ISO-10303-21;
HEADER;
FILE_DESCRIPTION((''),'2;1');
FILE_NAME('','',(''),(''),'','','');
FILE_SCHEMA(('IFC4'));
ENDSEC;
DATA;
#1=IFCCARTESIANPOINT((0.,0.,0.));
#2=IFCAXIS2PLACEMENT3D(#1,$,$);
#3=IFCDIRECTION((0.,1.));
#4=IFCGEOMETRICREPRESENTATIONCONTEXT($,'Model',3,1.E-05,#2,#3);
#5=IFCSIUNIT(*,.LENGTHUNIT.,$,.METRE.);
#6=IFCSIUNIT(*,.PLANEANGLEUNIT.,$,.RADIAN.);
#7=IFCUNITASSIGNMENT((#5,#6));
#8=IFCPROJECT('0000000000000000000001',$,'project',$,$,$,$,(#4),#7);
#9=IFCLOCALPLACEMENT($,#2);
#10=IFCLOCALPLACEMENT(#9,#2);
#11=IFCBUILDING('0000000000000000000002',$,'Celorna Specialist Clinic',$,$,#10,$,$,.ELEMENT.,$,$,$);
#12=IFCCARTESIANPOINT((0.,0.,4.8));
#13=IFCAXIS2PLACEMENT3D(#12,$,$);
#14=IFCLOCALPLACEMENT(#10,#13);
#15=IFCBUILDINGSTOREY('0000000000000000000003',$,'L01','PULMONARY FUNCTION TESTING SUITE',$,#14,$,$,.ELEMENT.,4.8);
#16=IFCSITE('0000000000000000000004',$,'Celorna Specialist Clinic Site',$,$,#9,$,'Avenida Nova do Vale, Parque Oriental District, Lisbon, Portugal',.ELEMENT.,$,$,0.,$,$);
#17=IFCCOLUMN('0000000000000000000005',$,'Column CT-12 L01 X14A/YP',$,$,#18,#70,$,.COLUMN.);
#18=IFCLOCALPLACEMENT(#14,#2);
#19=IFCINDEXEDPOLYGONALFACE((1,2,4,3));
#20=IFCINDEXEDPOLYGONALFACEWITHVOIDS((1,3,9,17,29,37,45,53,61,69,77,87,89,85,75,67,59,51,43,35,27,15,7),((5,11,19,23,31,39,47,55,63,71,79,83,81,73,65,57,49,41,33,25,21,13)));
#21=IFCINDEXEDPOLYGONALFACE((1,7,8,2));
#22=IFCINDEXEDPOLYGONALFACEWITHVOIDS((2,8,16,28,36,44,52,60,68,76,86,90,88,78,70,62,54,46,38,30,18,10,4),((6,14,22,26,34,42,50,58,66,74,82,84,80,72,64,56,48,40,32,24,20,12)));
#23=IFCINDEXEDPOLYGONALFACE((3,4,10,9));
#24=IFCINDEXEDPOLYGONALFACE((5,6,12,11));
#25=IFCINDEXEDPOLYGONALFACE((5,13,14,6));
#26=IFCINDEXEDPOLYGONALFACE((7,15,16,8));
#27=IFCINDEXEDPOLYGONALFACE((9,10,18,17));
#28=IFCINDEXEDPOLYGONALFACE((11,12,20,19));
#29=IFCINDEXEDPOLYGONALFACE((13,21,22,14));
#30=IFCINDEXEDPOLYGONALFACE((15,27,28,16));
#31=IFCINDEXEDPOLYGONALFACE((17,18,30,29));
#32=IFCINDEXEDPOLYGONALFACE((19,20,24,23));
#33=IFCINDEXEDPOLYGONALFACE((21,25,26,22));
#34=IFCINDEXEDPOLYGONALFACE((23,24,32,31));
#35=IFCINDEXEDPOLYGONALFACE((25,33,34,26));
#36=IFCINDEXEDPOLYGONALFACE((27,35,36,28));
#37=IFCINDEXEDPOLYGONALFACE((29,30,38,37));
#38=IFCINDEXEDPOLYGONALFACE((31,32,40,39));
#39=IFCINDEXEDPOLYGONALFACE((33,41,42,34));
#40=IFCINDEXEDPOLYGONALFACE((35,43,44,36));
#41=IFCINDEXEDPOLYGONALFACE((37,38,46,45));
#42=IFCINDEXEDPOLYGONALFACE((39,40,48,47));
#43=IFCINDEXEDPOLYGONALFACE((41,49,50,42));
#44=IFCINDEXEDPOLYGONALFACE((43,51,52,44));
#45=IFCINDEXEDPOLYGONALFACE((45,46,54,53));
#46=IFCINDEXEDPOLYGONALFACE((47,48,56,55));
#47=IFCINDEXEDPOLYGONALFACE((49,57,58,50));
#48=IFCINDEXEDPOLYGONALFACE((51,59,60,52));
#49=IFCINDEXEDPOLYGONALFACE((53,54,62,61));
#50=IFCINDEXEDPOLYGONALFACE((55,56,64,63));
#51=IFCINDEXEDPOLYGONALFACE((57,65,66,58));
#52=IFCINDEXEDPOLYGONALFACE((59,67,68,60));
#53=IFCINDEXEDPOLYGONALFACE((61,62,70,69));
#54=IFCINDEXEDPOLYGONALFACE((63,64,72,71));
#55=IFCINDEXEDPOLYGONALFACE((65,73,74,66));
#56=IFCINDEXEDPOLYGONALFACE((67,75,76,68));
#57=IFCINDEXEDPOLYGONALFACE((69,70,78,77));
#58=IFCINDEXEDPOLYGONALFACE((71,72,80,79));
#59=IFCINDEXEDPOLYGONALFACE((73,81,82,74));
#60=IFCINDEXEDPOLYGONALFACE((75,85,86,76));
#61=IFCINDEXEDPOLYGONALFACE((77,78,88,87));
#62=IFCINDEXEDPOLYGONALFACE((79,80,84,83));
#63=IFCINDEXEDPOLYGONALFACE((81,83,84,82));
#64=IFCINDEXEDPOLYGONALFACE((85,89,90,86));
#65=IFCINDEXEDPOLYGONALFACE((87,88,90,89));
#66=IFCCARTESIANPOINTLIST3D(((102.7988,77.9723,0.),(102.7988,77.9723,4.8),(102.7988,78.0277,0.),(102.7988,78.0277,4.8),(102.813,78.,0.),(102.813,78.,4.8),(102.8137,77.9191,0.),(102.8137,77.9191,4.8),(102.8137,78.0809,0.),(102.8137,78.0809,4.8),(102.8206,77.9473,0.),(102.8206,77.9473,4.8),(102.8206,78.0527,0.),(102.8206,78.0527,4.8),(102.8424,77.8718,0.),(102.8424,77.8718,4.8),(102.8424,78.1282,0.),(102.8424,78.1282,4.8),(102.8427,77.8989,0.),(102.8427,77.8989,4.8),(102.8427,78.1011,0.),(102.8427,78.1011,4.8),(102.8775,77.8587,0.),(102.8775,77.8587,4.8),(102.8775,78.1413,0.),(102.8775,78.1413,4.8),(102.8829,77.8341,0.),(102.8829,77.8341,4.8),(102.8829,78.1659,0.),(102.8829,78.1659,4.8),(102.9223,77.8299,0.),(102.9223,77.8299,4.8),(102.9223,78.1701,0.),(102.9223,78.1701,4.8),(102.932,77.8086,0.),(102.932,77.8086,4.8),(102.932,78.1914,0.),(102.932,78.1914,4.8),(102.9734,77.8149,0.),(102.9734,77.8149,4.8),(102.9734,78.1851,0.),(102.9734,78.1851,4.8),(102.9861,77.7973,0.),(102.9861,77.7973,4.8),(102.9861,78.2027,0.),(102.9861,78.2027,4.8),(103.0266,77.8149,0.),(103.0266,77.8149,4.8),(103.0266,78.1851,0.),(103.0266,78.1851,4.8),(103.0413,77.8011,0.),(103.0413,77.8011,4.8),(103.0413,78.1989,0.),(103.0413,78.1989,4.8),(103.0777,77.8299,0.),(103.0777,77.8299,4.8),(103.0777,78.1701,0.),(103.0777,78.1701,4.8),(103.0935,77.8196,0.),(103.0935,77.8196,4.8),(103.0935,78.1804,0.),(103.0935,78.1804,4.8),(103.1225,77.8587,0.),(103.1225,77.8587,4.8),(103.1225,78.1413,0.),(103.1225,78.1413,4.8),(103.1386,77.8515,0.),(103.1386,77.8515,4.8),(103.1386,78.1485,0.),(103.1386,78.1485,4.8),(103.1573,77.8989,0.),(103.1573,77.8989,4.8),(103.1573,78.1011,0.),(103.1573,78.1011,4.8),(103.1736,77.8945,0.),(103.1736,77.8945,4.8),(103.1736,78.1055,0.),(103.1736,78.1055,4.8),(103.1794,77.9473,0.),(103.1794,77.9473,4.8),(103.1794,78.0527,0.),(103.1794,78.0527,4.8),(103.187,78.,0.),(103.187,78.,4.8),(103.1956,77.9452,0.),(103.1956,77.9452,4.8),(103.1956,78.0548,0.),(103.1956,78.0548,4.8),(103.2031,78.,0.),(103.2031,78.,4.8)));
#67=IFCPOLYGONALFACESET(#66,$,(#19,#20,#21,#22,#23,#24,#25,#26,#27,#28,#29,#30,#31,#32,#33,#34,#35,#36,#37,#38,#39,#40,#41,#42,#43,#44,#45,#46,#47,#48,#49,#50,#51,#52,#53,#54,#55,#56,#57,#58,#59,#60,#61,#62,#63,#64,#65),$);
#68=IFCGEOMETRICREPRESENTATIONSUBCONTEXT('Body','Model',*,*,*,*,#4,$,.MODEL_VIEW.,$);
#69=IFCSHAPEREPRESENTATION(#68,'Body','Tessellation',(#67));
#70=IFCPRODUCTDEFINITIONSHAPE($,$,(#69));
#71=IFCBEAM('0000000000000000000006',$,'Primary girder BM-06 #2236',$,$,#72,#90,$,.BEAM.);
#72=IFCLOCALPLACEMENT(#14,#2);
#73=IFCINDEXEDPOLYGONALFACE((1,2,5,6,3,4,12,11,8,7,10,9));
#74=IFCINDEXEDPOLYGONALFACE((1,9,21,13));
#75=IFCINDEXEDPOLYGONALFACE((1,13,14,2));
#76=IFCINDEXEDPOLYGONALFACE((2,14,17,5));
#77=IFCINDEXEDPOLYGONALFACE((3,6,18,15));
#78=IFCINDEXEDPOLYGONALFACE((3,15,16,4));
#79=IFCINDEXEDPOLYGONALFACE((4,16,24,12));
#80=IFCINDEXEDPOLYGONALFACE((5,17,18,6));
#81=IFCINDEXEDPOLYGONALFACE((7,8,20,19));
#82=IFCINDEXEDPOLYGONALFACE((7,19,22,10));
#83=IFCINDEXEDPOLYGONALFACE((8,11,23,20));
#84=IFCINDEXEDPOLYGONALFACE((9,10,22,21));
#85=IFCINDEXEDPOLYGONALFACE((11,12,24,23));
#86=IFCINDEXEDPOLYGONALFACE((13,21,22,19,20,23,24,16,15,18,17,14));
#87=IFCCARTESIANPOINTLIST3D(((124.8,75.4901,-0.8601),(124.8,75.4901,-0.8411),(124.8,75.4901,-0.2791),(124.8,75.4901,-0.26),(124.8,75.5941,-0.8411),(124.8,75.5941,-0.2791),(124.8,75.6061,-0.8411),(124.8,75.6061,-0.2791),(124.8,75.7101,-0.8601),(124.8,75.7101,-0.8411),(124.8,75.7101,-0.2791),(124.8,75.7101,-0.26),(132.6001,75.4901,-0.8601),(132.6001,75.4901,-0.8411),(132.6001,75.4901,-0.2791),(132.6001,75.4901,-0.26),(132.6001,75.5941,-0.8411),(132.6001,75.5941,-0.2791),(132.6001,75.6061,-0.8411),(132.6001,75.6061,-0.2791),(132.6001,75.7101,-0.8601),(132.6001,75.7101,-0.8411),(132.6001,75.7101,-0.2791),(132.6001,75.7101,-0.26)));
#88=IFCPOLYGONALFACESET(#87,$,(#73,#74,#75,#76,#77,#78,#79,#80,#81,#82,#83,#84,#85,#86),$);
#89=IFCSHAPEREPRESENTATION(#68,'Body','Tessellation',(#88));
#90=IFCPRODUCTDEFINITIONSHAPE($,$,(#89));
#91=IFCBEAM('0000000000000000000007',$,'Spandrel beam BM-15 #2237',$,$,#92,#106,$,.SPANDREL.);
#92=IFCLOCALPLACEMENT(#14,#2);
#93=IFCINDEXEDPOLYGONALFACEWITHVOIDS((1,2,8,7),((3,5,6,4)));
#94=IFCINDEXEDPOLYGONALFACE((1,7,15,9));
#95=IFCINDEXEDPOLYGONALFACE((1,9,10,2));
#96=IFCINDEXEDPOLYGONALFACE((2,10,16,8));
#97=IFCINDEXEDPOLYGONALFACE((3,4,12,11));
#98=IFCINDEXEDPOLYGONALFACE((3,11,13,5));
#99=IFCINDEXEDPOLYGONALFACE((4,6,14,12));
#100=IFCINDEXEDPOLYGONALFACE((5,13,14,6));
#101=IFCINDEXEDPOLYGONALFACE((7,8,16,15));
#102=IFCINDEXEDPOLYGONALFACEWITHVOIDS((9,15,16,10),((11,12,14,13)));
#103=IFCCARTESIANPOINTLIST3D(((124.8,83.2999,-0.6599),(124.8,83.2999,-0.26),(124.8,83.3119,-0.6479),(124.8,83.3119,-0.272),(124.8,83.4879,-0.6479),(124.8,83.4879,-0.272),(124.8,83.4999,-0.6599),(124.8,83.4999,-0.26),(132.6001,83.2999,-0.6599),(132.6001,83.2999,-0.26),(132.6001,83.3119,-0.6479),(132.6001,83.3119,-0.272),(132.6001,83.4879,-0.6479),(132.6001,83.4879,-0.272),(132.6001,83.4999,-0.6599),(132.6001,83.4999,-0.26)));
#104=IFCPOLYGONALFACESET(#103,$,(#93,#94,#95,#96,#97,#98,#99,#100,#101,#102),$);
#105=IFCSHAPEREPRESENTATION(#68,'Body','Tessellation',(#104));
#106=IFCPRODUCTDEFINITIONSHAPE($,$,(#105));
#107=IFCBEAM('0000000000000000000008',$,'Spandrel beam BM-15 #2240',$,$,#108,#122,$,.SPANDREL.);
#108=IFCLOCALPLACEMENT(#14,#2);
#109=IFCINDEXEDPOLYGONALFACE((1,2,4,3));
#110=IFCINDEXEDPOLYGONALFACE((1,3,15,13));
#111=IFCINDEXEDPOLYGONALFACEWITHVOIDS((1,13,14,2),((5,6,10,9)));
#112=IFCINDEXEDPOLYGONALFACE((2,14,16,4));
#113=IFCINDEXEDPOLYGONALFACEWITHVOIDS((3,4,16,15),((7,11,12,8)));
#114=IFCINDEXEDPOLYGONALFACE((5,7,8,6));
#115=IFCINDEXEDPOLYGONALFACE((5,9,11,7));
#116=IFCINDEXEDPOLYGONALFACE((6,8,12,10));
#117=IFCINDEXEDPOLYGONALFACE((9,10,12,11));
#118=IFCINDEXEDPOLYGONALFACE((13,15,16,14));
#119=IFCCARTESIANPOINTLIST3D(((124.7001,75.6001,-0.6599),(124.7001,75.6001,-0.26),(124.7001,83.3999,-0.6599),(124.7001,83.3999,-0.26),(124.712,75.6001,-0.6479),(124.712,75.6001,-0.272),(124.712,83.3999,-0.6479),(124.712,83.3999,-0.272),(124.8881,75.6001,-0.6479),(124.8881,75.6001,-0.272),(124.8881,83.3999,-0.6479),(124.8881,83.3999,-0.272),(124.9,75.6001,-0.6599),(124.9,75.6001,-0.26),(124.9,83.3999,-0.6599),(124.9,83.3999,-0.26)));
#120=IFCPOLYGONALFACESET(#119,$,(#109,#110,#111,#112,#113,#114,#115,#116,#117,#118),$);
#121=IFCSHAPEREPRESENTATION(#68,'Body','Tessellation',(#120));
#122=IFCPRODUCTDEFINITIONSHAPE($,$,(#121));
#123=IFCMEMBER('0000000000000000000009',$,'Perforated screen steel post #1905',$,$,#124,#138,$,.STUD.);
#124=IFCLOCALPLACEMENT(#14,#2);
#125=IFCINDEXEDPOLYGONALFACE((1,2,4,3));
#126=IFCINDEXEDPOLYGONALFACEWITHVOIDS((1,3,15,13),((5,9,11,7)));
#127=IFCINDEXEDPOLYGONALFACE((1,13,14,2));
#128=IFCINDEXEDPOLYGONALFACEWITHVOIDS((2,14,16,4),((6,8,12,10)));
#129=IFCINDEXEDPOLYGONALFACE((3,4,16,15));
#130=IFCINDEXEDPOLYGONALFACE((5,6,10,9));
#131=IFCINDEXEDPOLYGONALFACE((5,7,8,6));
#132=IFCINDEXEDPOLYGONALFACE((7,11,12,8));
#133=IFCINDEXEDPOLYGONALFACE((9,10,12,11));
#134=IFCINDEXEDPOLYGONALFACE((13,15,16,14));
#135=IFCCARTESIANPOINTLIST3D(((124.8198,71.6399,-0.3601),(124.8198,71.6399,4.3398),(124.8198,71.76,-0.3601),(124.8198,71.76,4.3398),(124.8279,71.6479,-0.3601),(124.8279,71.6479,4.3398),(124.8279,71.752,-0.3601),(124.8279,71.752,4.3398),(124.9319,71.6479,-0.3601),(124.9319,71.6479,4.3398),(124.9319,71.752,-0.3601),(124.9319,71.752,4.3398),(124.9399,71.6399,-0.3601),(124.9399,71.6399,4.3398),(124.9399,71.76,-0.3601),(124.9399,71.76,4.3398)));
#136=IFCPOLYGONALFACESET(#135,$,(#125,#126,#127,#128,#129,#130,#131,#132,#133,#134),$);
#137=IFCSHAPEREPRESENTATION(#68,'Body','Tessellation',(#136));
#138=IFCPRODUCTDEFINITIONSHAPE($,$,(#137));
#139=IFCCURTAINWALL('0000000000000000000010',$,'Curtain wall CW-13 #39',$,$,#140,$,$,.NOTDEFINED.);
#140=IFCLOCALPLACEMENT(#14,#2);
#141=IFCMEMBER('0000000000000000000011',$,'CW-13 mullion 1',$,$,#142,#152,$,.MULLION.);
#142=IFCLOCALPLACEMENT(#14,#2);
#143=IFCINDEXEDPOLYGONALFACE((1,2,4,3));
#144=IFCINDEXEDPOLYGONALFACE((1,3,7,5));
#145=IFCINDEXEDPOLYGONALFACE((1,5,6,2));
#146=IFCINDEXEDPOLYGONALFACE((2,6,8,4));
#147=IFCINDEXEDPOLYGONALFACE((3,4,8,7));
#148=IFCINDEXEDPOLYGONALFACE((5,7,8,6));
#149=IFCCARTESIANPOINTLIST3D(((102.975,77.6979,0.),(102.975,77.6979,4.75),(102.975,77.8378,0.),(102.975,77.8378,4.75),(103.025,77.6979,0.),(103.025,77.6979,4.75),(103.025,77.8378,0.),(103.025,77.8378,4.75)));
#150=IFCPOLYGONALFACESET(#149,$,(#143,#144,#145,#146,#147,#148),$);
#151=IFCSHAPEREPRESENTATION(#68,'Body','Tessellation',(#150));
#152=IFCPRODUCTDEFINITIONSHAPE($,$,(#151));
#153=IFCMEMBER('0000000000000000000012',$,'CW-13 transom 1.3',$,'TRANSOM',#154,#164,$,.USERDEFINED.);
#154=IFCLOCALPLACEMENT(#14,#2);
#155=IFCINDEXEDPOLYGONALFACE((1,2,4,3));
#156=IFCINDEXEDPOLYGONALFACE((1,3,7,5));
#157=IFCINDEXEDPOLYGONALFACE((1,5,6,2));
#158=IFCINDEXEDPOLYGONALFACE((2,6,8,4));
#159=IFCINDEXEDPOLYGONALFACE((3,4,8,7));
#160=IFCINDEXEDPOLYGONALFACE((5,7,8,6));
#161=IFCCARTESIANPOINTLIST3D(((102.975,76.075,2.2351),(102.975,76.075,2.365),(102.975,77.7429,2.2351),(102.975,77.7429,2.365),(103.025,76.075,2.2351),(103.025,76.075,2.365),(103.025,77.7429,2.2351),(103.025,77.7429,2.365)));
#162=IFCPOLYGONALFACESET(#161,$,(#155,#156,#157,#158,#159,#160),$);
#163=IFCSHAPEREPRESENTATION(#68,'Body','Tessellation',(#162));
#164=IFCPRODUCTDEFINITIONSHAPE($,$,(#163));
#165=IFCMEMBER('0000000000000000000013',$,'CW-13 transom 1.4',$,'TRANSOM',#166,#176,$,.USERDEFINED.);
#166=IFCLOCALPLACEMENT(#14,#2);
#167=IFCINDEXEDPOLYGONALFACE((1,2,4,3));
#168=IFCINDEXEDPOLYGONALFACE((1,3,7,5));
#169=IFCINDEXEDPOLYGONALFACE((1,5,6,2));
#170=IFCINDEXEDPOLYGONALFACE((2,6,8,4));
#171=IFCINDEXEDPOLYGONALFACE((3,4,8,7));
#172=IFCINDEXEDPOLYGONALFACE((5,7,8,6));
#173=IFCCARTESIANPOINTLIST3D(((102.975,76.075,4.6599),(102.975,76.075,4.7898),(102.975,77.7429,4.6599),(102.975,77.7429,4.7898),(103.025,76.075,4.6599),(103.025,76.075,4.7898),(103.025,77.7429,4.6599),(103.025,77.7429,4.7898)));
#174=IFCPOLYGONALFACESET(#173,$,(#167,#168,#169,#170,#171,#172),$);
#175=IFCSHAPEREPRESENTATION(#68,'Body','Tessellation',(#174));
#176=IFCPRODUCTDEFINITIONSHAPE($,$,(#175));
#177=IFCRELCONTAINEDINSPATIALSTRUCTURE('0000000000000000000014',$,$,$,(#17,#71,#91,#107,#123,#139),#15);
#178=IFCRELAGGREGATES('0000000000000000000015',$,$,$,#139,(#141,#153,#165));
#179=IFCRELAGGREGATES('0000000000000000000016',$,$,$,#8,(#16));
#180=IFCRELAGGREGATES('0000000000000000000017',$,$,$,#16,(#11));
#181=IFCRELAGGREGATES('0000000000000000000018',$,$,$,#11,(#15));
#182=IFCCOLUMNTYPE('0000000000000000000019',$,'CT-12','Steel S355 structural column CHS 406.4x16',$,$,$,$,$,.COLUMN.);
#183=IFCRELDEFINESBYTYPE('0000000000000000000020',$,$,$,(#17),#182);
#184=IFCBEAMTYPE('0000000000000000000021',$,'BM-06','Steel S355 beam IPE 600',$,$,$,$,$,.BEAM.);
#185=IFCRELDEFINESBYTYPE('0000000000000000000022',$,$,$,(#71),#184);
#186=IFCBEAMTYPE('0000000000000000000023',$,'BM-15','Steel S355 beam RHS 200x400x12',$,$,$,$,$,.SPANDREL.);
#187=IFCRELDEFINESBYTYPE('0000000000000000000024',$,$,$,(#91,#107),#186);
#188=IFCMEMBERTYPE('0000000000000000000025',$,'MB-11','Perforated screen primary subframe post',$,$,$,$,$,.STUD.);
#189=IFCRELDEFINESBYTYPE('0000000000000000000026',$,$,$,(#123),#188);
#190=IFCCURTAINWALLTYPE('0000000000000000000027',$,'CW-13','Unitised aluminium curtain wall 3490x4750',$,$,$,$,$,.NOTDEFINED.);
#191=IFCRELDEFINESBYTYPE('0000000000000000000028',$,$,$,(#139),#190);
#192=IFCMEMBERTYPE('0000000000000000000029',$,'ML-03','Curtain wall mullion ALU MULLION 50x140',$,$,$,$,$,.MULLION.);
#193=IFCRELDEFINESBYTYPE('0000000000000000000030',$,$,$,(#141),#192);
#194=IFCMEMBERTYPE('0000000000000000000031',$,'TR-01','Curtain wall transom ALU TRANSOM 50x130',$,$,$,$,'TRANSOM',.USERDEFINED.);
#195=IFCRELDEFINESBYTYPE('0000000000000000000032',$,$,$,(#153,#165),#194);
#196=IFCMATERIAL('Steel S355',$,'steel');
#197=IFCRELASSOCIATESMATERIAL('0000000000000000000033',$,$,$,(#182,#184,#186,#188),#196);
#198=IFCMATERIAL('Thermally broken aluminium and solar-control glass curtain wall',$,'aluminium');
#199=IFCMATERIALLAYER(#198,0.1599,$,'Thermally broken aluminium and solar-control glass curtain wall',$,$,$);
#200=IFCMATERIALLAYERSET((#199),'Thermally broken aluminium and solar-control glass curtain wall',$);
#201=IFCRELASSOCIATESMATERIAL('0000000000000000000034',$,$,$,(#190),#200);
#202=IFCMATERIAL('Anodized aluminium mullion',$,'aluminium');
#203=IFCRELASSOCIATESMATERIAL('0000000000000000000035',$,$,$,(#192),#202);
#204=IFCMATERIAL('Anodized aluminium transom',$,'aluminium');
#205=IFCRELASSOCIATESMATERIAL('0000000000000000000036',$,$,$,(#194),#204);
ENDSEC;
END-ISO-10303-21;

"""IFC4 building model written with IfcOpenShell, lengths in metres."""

from ifc_helpers import new_model, si_unit, direction, frame, origin, origin_2d, place, context, subcontext, project, spatial, rectangle, hollow_rectangle, hollow_circle, i_section, extrude, material, layer, layer_set, material_profile, profile_set, type_object, element, aggregate, save


model = new_model("IFC4")

# Units and contexts
model_context = context("Model", 3, precision=1e-05, world=origin(), true_north=direction((0.0, 1.0)))
body_context = subcontext(model_context, "Body", "Model", "MODEL_VIEW")
ifc_project = project(units=[si_unit("LENGTHUNIT", "METRE"), si_unit("PLANEANGLEUNIT", "RADIAN")], contexts=[model_context])

# Site, building, storey
site_placement = place(None, origin())
site = spatial("IfcSite", under=ifc_project, at=site_placement, Name="Celorna Specialist Clinic Site", LongName="Avenida Nova do Vale, Parque Oriental District, Lisbon, Portugal", CompositionType="ELEMENT", RefElevation=0.0)
building_placement = place(site_placement, origin())
building = spatial("IfcBuilding", under=site, at=building_placement, Name="Celorna Specialist Clinic", CompositionType="ELEMENT")
storey_placement = place(building_placement, frame((0.0, 0.0, 4.8)))
storey = spatial("IfcBuildingStorey", under=building, at=storey_placement, Name="L01", Description="PULMONARY FUNCTION TESTING SUITE", CompositionType="ELEMENT", Elevation=4.8)

# Column
ifc_material_1 = material(Name="Steel S355", Category="steel")
ifc_material_profile_1 = material_profile(ifc_material_1, hollow_circle(Radius=0.2031, WallThickness=0.0161, at=origin_2d()), Name="CHS 406.4x16")
ifc_profile_set_1 = profile_set([ifc_material_profile_1], Name="Steel S355")
column_type = type_object("IfcColumnType", Name="CT-12", Description="Steel S355 structural column CHS 406.4x16", PredefinedType="COLUMN", material=ifc_profile_set_1)
column_placement = place(storey_placement, frame((103.0, 78.0, 0.0), z_axis=(0.0, 0.0, 1.0), x_axis=(1.0, 0.0, 0.0)))
element("IfcColumn", 1, at=column_placement, inside=storey, type_object=column_type, Name="Column CT-12 L01 X14A/YP", PredefinedType="COLUMN", context=body_context, shape_type="SweptSolid", body=[
    extrude(hollow_circle(Radius=0.2031, WallThickness=0.0161, at=origin_2d()), origin(), (0.0, 0.0, 1.0), 4.8),
])

# Beams
ifc_material_profile_2 = material_profile(ifc_material_1, i_section(OverallWidth=0.22, OverallDepth=0.6001, WebThickness=0.012, FlangeThickness=0.019, at=origin_2d()), Name="IPE 600")
ifc_profile_set_2 = profile_set([ifc_material_profile_2], Name="Steel S355")
beam_type_1 = type_object("IfcBeamType", Name="BM-06", Description="Steel S355 beam IPE 600", PredefinedType="BEAM", material=ifc_profile_set_2)
beam_1_placement = place(storey_placement, frame((124.8, 75.6001, -0.5601), z_axis=(1.0, 0.0, 0.0), x_axis=(0.0, 1.0, 0.0)))
element("IfcBeam", 2, at=beam_1_placement, inside=storey, type_object=beam_type_1, Name="Primary girder BM-06 #2236", PredefinedType="BEAM", context=body_context, shape_type="SweptSolid", body=[
    extrude(i_section(OverallWidth=0.22, OverallDepth=0.6001, WebThickness=0.012, FlangeThickness=0.019, at=origin_2d()), origin(), (0.0, 0.0, 1.0), 7.8),
])
ifc_material_profile_3 = material_profile(ifc_material_1, hollow_rectangle(XDim=0.2, YDim=0.3999, WallThickness=0.012, at=origin_2d()), Name="RHS 200x400x12")
ifc_profile_set_3 = profile_set([ifc_material_profile_3], Name="Steel S355")
beam_type_2 = type_object("IfcBeamType", Name="BM-15", Description="Steel S355 beam RHS 200x400x12", PredefinedType="SPANDREL", material=ifc_profile_set_3)
beam_2_placement = place(storey_placement, frame((124.8, 83.3999, -0.46), z_axis=(1.0, 0.0, 0.0), x_axis=(0.0, 1.0, 0.0)))
element("IfcBeam", 3, at=beam_2_placement, inside=storey, type_object=beam_type_2, Name="Spandrel beam BM-15 #2237", PredefinedType="SPANDREL", context=body_context, shape_type="SweptSolid", body=[
    extrude(hollow_rectangle(XDim=0.2, YDim=0.3999, WallThickness=0.012, at=origin_2d()), origin(), (0.0, 0.0, 1.0), 7.8),
])
beam_3_placement = place(storey_placement, frame((124.8, 75.6001, -0.46), z_axis=(0.0, 1.0, 0.0), x_axis=(-1.0, 0.0, 0.0)))
element("IfcBeam", 4, at=beam_3_placement, inside=storey, type_object=beam_type_2, Name="Spandrel beam BM-15 #2240", PredefinedType="SPANDREL", context=body_context, shape_type="SweptSolid", body=[
    extrude(hollow_rectangle(XDim=0.2, YDim=0.3999, WallThickness=0.012, at=origin_2d()), origin(), (0.0, 0.0, 1.0), 7.7998),
])

# Member
ifc_material_profile_4 = material_profile(ifc_material_1, hollow_rectangle(XDim=0.1201, YDim=0.1201, WallThickness=0.0081, at=origin_2d()), Name="SHS 120x120x8")
ifc_profile_set_4 = profile_set([ifc_material_profile_4], Name="Steel S355")
member_type_1 = type_object("IfcMemberType", Name="MB-11", Description="Perforated screen primary subframe post", PredefinedType="STUD", material=ifc_profile_set_4)
member_1_placement = place(storey_placement, frame((124.8799, 71.7, -0.3601), z_axis=(0.0, 0.0, 1.0), x_axis=(1.0, 0.0, 0.0)))
element("IfcMember", 5, at=member_1_placement, inside=storey, type_object=member_type_1, Name="Perforated screen steel post #1905", PredefinedType="STUD", context=body_context, shape_type="SweptSolid", body=[
    extrude(hollow_rectangle(XDim=0.1201, YDim=0.1201, WallThickness=0.0081, at=origin_2d()), origin(), (0.0, 0.0, 1.0), 4.7),
])

# Curtain wall, members
ifc_material_2 = material(Name="Thermally broken aluminium and solar-control glass curtain wall", Category="aluminium")
ifc_layer_1 = layer(ifc_material_2, 0.1599, Name="Thermally broken aluminium and solar-control glass curtain wall")
ifc_layer_set_1 = layer_set([ifc_layer_1], Name="Thermally broken aluminium and solar-control glass curtain wall")
curtain_wall_type = type_object("IfcCurtainWallType", Name="CW-13", Description="Unitised aluminium curtain wall 3490x4750", PredefinedType="NOTDEFINED", material=ifc_layer_set_1)
curtain_wall_placement = place(storey_placement, origin())
curtain_wall = element("IfcCurtainWall", 6, at=curtain_wall_placement, inside=storey, type_object=curtain_wall_type, Name="Curtain wall CW-13 #39", PredefinedType="NOTDEFINED")
ifc_material_3 = material(Name="Anodized aluminium mullion", Category="aluminium")
ifc_material_profile_5 = material_profile(ifc_material_3, rectangle(XDim=0.05, YDim=0.1399, at=origin_2d()), Name="ALU MULLION 50x140")
ifc_profile_set_5 = profile_set([ifc_material_profile_5], Name="Anodized aluminium mullion")
member_type_2 = type_object("IfcMemberType", Name="ML-03", Description="Curtain wall mullion ALU MULLION 50x140", PredefinedType="MULLION", material=ifc_profile_set_5)
member_2_placement = place(storey_placement, frame((103.0, 77.7678, 0.0), z_axis=(0.0, 0.0, 1.0), x_axis=(1.0, 0.0, 0.0)))
member_2 = element("IfcMember", 7, at=member_2_placement, type_object=member_type_2, Name="CW-13 mullion 1", PredefinedType="MULLION", context=body_context, shape_type="SweptSolid", body=[
    extrude(rectangle(XDim=0.05, YDim=0.1399, at=origin_2d()), origin(), (0.0, 0.0, 1.0), 4.75),
])
ifc_material_4 = material(Name="Anodized aluminium transom", Category="aluminium")
ifc_material_profile_6 = material_profile(ifc_material_4, rectangle(XDim=0.05, YDim=0.1299, at=origin_2d()), Name="ALU TRANSOM 50x130")
ifc_profile_set_6 = profile_set([ifc_material_profile_6], Name="Anodized aluminium transom")
member_type_3 = type_object("IfcMemberType", Name="TR-01", Description="Curtain wall transom ALU TRANSOM 50x130", ElementType="TRANSOM", PredefinedType="USERDEFINED", material=ifc_profile_set_6)
member_3_placement = place(storey_placement, frame((103.0, 77.7429, 2.3), z_axis=(0.0, -1.0, 0.0), x_axis=(1.0, 0.0, 0.0)))
member_3 = element("IfcMember", 8, at=member_3_placement, type_object=member_type_3, Name="CW-13 transom 1.3", ObjectType="TRANSOM", PredefinedType="USERDEFINED", context=body_context, shape_type="SweptSolid", body=[
    extrude(rectangle(XDim=0.05, YDim=0.1299, at=origin_2d()), origin(), (0.0, 0.0, 1.0), 1.668),
])
member_4_placement = place(storey_placement, frame((103.0, 77.7429, 4.7249), z_axis=(0.0, -1.0, 0.0), x_axis=(1.0, 0.0, 0.0)))
member_4 = element("IfcMember", 9, at=member_4_placement, type_object=member_type_3, Name="CW-13 transom 1.4", ObjectType="TRANSOM", PredefinedType="USERDEFINED", context=body_context, shape_type="SweptSolid", body=[
    extrude(rectangle(XDim=0.05, YDim=0.1299, at=origin_2d()), origin(), (0.0, 0.0, 1.0), 1.668),
])
aggregate(curtain_wall, [member_2, member_3, member_4])

save(model, "model.ifc")
